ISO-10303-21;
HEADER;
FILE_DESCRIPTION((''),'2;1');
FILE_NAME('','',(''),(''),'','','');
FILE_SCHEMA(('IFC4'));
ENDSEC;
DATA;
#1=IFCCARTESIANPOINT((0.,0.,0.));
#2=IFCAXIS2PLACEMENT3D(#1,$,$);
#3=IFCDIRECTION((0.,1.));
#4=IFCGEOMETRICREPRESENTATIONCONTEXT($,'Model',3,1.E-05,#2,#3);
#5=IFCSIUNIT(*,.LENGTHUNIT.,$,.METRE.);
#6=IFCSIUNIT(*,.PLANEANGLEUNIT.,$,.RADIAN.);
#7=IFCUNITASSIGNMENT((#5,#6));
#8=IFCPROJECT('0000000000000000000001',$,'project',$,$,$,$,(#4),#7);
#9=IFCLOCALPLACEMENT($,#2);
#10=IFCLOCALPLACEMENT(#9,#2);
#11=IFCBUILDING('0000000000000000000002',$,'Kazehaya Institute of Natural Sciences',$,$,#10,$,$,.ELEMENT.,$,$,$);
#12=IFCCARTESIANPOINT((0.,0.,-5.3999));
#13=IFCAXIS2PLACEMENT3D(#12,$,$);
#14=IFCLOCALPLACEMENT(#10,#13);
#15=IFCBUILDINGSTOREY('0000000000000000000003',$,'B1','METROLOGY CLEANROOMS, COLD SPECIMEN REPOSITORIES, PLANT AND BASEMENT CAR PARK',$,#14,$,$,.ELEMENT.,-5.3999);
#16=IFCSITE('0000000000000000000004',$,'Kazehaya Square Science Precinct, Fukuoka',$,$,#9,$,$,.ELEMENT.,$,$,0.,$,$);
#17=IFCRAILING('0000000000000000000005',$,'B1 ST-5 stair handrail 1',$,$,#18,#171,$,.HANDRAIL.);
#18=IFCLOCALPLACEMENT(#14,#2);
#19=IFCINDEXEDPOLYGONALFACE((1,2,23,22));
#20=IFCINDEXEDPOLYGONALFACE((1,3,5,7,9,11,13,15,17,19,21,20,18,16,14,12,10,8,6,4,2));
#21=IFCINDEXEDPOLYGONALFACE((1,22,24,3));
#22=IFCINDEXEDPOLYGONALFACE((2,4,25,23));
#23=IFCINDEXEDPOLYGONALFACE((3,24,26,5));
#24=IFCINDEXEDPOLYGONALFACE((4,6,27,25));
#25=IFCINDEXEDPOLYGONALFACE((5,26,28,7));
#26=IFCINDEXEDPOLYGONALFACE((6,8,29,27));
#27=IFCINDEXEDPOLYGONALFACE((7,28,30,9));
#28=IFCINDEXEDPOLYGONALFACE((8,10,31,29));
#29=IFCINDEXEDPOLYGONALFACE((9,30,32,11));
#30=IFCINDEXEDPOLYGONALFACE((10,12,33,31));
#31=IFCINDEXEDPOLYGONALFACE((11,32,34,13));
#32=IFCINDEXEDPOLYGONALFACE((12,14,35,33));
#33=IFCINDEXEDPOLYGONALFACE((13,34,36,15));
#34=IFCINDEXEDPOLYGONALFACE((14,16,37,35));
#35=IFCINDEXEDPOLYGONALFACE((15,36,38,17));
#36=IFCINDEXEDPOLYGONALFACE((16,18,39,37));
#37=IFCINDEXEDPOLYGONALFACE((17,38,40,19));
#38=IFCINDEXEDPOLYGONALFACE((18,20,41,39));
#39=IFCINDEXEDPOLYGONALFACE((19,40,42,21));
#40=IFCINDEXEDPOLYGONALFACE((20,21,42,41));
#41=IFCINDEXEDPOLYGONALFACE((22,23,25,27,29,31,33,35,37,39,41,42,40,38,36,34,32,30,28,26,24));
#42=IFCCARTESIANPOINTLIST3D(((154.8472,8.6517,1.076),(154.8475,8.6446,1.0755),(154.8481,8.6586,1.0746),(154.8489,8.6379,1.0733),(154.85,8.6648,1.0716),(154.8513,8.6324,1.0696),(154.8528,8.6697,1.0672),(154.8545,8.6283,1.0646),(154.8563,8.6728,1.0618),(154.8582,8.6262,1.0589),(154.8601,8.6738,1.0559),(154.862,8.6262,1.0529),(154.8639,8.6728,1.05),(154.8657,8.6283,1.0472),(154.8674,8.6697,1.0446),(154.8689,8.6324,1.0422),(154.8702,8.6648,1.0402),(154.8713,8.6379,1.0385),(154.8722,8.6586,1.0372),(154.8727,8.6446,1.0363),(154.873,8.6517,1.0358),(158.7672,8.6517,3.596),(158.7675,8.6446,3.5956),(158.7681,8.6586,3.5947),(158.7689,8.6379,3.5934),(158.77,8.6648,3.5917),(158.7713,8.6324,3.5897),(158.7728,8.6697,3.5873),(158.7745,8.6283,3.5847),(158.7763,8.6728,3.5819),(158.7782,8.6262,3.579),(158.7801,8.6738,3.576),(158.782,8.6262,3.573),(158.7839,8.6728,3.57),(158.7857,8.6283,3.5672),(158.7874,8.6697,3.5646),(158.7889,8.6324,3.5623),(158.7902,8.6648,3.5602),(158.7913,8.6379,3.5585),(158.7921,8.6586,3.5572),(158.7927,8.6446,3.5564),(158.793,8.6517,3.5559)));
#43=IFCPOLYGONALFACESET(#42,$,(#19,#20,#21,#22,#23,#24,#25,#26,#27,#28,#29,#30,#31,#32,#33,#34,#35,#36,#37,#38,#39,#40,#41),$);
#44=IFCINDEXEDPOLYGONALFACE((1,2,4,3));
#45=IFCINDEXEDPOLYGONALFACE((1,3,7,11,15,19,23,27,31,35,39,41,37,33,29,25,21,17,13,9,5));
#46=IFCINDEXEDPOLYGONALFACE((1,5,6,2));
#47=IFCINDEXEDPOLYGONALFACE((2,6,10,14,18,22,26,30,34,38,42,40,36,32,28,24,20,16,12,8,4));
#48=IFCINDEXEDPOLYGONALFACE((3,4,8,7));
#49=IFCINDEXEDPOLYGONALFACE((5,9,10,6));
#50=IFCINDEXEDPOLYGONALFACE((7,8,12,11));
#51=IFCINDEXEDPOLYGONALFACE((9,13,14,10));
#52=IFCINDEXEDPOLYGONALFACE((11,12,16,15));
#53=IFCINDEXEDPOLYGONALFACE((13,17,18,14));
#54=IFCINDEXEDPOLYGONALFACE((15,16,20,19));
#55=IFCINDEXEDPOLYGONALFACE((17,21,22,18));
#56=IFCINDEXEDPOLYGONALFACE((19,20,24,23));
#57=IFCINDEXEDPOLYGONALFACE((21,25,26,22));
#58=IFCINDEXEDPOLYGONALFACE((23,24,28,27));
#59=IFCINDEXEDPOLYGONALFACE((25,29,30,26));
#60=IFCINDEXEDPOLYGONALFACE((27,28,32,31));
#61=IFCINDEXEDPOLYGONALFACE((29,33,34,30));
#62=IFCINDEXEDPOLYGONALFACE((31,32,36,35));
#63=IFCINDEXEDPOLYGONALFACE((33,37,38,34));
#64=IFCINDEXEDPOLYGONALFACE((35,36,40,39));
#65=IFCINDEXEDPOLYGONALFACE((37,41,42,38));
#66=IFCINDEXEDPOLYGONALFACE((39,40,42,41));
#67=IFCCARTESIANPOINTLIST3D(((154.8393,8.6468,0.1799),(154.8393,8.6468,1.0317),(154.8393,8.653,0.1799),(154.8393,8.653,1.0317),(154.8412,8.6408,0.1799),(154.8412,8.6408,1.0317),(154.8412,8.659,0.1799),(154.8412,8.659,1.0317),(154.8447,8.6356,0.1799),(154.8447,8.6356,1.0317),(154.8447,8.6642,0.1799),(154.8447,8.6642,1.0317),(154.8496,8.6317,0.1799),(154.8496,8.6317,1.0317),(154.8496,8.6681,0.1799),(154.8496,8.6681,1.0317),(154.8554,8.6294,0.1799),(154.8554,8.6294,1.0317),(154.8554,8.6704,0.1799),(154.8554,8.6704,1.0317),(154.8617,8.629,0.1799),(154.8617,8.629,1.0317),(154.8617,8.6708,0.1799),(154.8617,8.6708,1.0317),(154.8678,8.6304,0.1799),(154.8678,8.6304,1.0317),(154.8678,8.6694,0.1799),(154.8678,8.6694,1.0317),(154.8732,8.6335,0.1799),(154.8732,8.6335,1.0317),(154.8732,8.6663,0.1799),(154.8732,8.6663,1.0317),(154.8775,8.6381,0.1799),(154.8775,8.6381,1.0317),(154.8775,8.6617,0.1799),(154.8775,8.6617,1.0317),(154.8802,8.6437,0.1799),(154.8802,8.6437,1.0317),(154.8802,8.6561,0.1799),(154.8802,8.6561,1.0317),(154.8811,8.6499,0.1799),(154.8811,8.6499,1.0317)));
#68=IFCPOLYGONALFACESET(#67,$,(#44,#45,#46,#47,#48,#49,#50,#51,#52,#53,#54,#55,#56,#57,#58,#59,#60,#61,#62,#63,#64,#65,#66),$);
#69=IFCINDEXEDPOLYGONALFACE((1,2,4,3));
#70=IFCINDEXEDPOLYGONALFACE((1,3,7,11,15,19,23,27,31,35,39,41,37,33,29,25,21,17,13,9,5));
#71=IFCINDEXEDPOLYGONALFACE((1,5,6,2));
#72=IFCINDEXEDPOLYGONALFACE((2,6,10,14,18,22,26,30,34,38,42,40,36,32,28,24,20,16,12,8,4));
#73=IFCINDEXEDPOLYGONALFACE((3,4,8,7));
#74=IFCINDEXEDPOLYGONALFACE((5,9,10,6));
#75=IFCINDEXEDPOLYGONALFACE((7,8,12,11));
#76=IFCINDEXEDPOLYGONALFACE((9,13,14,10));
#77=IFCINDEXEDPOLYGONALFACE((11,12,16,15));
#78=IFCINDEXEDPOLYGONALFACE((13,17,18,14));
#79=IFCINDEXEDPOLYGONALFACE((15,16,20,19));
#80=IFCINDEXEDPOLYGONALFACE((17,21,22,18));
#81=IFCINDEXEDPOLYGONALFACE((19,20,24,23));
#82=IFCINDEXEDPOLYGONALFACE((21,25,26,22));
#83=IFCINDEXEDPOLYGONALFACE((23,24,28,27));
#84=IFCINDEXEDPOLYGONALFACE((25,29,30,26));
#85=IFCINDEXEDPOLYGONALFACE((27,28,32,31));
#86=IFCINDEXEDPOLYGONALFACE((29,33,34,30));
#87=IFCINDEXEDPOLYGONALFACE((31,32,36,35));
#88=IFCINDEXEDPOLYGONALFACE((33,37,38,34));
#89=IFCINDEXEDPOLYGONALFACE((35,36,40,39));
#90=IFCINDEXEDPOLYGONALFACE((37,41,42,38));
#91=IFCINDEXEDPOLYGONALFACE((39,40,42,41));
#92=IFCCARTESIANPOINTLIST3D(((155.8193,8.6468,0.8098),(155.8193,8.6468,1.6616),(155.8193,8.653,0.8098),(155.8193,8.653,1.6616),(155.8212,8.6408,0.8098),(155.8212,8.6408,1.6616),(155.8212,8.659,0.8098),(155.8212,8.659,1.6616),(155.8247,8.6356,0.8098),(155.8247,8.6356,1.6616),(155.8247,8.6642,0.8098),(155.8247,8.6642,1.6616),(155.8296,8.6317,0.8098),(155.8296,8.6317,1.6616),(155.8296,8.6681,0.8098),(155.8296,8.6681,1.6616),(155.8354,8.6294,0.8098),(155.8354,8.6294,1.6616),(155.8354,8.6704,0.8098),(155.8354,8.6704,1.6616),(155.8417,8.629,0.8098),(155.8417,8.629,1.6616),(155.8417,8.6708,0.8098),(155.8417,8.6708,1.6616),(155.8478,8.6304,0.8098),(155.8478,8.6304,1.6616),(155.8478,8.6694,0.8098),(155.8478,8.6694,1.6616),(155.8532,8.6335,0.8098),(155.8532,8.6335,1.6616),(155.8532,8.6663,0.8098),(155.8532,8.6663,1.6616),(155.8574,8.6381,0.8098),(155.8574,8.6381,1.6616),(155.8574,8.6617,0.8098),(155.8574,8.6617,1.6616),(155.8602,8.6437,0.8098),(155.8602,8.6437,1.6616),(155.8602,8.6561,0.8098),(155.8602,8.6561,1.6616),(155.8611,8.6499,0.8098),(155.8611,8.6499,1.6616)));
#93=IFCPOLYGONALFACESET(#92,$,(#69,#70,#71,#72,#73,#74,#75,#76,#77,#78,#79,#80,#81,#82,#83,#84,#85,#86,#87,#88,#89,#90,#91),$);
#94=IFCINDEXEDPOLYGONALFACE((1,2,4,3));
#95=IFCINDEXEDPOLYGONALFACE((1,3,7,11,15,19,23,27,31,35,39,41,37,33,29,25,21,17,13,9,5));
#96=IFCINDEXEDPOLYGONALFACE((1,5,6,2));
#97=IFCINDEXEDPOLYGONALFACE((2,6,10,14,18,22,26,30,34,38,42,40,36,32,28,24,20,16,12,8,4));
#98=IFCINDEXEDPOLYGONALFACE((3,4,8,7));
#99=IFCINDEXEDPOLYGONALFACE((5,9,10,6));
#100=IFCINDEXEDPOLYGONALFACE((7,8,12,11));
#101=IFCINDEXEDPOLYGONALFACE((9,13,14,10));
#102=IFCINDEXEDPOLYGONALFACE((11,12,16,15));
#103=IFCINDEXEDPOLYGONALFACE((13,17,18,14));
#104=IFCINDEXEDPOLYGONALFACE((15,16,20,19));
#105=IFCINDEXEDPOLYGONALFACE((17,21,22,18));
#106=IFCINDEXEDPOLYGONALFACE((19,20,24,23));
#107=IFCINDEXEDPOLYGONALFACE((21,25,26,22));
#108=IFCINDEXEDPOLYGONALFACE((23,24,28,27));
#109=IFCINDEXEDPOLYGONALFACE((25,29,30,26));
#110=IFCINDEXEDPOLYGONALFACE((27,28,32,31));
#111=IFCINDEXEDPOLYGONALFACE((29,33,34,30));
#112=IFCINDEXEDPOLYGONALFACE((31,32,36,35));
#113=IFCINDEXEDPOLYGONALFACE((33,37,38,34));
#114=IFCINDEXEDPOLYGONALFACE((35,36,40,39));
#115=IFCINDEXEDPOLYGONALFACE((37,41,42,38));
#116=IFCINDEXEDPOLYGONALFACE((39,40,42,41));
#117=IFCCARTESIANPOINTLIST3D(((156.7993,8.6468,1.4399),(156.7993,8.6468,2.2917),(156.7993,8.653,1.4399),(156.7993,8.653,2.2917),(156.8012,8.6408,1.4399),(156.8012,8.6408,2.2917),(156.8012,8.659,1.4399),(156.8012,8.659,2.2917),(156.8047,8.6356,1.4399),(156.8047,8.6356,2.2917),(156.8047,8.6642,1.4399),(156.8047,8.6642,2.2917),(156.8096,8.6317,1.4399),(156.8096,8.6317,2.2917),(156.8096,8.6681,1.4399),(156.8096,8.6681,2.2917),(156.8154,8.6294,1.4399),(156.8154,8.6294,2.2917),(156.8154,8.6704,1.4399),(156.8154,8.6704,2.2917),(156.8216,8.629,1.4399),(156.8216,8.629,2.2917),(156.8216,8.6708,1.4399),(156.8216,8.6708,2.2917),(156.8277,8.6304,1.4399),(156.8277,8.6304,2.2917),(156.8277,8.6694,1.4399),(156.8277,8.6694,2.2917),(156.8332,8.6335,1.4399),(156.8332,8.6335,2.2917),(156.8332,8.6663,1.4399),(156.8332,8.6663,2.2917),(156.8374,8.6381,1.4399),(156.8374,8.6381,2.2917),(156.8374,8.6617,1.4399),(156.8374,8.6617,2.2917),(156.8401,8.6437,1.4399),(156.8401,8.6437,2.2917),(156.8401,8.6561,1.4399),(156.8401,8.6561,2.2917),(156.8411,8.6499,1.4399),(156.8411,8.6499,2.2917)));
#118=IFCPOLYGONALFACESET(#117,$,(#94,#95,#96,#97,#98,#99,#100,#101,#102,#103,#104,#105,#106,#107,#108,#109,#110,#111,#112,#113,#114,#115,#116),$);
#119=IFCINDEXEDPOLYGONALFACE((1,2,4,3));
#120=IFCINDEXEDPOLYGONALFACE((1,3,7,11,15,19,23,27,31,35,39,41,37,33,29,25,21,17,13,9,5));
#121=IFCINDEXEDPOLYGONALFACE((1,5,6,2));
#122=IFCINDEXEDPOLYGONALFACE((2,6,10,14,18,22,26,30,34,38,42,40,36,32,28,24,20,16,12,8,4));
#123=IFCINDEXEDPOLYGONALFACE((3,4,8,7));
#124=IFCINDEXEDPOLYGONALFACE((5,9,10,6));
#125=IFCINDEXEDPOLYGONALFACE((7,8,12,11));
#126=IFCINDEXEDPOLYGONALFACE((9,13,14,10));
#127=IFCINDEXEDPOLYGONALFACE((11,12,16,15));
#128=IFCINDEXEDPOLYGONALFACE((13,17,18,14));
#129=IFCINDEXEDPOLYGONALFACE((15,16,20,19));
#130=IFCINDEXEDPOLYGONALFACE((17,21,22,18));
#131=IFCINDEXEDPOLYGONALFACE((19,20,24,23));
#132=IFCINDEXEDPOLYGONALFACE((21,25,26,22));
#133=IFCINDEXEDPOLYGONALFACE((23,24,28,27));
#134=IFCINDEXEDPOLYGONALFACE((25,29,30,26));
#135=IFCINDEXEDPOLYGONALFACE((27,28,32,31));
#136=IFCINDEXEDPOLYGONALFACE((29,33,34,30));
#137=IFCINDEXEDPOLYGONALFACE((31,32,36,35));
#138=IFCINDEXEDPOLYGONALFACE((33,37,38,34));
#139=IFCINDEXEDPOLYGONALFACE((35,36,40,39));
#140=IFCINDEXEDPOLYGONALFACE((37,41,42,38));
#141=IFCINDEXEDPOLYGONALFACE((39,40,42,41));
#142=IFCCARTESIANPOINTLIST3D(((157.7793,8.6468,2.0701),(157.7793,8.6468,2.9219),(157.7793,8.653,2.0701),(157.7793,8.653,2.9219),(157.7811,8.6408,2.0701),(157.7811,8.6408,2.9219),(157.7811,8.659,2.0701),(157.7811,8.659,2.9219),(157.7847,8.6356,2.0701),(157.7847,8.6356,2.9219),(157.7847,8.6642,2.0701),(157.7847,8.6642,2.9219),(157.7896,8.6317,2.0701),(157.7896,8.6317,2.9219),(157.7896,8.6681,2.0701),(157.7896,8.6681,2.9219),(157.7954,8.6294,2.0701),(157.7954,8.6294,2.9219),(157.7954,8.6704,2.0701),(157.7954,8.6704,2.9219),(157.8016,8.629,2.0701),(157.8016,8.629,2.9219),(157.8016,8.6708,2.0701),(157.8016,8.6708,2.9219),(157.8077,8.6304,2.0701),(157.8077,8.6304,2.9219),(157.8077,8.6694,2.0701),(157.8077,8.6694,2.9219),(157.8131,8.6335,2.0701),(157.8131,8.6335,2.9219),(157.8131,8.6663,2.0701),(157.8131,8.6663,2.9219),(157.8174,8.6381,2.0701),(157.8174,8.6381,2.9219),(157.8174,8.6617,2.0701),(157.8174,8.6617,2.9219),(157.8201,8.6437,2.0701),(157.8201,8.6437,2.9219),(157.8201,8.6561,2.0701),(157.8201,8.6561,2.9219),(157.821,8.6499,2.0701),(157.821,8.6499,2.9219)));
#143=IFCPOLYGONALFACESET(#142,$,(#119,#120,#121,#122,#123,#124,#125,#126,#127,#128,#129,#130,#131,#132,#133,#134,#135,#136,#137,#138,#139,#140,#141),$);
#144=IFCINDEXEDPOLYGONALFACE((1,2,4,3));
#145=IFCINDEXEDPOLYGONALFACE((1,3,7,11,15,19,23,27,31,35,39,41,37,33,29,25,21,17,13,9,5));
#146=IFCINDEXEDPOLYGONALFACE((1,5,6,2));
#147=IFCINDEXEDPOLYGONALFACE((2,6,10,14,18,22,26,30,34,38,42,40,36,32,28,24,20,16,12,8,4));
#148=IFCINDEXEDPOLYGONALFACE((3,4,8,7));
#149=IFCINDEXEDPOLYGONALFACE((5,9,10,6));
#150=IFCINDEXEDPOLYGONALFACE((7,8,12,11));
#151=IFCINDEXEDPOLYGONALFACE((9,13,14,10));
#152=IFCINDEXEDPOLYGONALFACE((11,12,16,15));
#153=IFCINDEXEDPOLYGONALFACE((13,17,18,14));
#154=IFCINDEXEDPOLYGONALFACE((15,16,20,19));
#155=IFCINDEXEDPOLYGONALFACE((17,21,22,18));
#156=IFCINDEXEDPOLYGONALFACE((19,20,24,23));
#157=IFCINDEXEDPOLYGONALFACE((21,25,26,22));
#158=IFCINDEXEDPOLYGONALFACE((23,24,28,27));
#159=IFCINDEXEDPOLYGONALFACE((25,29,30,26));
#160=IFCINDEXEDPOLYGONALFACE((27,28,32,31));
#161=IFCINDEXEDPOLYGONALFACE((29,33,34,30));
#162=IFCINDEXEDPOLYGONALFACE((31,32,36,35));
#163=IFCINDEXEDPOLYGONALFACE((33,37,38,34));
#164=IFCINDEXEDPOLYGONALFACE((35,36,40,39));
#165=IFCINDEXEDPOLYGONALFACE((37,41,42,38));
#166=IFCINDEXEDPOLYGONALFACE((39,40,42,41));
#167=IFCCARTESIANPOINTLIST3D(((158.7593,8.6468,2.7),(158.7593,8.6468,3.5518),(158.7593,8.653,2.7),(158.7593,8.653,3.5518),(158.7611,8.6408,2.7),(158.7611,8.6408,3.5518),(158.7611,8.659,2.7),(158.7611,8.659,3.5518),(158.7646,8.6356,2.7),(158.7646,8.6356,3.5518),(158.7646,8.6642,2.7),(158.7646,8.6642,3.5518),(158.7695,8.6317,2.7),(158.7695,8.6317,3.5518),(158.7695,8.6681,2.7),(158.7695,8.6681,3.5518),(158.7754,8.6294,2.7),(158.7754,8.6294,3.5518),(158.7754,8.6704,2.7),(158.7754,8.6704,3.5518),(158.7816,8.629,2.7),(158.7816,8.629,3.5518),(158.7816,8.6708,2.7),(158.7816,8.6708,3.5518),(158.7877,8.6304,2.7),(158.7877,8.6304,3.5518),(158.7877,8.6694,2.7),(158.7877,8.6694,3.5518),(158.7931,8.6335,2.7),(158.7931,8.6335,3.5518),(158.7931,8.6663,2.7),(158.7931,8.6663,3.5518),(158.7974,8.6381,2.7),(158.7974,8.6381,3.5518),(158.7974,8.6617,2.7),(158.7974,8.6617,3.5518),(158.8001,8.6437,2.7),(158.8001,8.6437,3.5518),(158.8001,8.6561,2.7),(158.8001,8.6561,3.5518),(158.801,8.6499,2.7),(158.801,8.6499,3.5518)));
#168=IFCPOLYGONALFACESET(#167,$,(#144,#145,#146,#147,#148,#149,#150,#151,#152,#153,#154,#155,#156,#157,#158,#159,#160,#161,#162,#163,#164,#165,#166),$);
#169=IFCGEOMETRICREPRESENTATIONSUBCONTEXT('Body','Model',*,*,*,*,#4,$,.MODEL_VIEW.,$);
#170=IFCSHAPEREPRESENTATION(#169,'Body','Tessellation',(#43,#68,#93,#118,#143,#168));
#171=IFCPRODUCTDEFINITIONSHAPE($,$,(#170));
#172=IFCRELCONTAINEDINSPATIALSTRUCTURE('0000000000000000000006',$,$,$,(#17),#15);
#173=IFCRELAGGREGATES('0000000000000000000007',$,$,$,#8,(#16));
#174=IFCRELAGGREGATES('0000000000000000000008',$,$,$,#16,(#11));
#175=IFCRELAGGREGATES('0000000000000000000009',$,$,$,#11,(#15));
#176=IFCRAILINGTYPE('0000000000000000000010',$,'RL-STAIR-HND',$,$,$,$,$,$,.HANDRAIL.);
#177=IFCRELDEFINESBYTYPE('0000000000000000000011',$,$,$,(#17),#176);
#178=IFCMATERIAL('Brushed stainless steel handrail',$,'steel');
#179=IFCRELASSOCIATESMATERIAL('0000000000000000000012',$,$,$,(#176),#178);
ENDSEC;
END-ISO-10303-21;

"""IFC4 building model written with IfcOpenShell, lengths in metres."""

from ifc_helpers import new_model, si_unit, direction, frame, origin, origin_2d, place, context, subcontext, project, spatial, circle, extrude, material, type_object, element, save


model = new_model("IFC4")

# Units and contexts
model_context = context("Model", 3, precision=1e-05, world=origin(), true_north=direction((0.0, 1.0)))
body_context = subcontext(model_context, "Body", "Model", "MODEL_VIEW")
ifc_project = project(units=[si_unit("LENGTHUNIT", "METRE"), si_unit("PLANEANGLEUNIT", "RADIAN")], contexts=[model_context])

# Site, building, storey
site_placement = place(None, origin())
site = spatial("IfcSite", under=ifc_project, at=site_placement, Name="Kazehaya Square Science Precinct, Fukuoka", CompositionType="ELEMENT", RefElevation=0.0)
building_placement = place(site_placement, origin())
building = spatial("IfcBuilding", under=site, at=building_placement, Name="Kazehaya Institute of Natural Sciences", CompositionType="ELEMENT")
storey_placement = place(building_placement, frame((0.0, 0.0, -5.3999)))
storey = spatial("IfcBuildingStorey", under=building, at=storey_placement, Name="B1", Description="METROLOGY CLEANROOMS, COLD SPECIMEN REPOSITORIES, PLANT AND BASEMENT CAR PARK", CompositionType="ELEMENT", Elevation=-5.3999)

# Railing
ifc_material_1 = material(Name="Brushed stainless steel handrail", Category="steel")
railing_type_1 = type_object("IfcRailingType", Name="RL-STAIR-HND", PredefinedType="HANDRAIL", material=ifc_material_1)
railing_1_placement = place(storey_placement, frame((154.8601, 8.6499, 0.1799)))
element("IfcRailing", 1, at=railing_1_placement, inside=storey, type_object=railing_type_1, Name="B1 ST-5 stair handrail 1", PredefinedType="HANDRAIL", context=body_context, shape_type="SweptSolid", body=[
    extrude(circle(Radius=0.0239, at=origin_2d()), frame((0.0, 0.0, 0.876), z_axis=(0.841172, 0.0, 0.540768), x_axis=(0.0, 1.0, 0.0)), (0.0, 0.0, 1.0), 4.6602),
    extrude(circle(Radius=0.021, at=origin_2d()), origin(), (0.0, 0.0, 1.0), 0.8518),
    extrude(circle(Radius=0.021, at=origin_2d()), frame((0.98, 0.0, 0.6299)), (0.0, 0.0, 1.0), 0.8518),
    extrude(circle(Radius=0.021, at=origin_2d()), frame((1.96, 0.0, 1.26)), (0.0, 0.0, 1.0), 0.8518),
    extrude(circle(Radius=0.021, at=origin_2d()), frame((2.9399, 0.0, 1.8901)), (0.0, 0.0, 1.0), 0.8518),
    extrude(circle(Radius=0.021, at=origin_2d()), frame((3.9199, 0.0, 2.52)), (0.0, 0.0, 1.0), 0.8518),
])

save(model, "model.ifc")
